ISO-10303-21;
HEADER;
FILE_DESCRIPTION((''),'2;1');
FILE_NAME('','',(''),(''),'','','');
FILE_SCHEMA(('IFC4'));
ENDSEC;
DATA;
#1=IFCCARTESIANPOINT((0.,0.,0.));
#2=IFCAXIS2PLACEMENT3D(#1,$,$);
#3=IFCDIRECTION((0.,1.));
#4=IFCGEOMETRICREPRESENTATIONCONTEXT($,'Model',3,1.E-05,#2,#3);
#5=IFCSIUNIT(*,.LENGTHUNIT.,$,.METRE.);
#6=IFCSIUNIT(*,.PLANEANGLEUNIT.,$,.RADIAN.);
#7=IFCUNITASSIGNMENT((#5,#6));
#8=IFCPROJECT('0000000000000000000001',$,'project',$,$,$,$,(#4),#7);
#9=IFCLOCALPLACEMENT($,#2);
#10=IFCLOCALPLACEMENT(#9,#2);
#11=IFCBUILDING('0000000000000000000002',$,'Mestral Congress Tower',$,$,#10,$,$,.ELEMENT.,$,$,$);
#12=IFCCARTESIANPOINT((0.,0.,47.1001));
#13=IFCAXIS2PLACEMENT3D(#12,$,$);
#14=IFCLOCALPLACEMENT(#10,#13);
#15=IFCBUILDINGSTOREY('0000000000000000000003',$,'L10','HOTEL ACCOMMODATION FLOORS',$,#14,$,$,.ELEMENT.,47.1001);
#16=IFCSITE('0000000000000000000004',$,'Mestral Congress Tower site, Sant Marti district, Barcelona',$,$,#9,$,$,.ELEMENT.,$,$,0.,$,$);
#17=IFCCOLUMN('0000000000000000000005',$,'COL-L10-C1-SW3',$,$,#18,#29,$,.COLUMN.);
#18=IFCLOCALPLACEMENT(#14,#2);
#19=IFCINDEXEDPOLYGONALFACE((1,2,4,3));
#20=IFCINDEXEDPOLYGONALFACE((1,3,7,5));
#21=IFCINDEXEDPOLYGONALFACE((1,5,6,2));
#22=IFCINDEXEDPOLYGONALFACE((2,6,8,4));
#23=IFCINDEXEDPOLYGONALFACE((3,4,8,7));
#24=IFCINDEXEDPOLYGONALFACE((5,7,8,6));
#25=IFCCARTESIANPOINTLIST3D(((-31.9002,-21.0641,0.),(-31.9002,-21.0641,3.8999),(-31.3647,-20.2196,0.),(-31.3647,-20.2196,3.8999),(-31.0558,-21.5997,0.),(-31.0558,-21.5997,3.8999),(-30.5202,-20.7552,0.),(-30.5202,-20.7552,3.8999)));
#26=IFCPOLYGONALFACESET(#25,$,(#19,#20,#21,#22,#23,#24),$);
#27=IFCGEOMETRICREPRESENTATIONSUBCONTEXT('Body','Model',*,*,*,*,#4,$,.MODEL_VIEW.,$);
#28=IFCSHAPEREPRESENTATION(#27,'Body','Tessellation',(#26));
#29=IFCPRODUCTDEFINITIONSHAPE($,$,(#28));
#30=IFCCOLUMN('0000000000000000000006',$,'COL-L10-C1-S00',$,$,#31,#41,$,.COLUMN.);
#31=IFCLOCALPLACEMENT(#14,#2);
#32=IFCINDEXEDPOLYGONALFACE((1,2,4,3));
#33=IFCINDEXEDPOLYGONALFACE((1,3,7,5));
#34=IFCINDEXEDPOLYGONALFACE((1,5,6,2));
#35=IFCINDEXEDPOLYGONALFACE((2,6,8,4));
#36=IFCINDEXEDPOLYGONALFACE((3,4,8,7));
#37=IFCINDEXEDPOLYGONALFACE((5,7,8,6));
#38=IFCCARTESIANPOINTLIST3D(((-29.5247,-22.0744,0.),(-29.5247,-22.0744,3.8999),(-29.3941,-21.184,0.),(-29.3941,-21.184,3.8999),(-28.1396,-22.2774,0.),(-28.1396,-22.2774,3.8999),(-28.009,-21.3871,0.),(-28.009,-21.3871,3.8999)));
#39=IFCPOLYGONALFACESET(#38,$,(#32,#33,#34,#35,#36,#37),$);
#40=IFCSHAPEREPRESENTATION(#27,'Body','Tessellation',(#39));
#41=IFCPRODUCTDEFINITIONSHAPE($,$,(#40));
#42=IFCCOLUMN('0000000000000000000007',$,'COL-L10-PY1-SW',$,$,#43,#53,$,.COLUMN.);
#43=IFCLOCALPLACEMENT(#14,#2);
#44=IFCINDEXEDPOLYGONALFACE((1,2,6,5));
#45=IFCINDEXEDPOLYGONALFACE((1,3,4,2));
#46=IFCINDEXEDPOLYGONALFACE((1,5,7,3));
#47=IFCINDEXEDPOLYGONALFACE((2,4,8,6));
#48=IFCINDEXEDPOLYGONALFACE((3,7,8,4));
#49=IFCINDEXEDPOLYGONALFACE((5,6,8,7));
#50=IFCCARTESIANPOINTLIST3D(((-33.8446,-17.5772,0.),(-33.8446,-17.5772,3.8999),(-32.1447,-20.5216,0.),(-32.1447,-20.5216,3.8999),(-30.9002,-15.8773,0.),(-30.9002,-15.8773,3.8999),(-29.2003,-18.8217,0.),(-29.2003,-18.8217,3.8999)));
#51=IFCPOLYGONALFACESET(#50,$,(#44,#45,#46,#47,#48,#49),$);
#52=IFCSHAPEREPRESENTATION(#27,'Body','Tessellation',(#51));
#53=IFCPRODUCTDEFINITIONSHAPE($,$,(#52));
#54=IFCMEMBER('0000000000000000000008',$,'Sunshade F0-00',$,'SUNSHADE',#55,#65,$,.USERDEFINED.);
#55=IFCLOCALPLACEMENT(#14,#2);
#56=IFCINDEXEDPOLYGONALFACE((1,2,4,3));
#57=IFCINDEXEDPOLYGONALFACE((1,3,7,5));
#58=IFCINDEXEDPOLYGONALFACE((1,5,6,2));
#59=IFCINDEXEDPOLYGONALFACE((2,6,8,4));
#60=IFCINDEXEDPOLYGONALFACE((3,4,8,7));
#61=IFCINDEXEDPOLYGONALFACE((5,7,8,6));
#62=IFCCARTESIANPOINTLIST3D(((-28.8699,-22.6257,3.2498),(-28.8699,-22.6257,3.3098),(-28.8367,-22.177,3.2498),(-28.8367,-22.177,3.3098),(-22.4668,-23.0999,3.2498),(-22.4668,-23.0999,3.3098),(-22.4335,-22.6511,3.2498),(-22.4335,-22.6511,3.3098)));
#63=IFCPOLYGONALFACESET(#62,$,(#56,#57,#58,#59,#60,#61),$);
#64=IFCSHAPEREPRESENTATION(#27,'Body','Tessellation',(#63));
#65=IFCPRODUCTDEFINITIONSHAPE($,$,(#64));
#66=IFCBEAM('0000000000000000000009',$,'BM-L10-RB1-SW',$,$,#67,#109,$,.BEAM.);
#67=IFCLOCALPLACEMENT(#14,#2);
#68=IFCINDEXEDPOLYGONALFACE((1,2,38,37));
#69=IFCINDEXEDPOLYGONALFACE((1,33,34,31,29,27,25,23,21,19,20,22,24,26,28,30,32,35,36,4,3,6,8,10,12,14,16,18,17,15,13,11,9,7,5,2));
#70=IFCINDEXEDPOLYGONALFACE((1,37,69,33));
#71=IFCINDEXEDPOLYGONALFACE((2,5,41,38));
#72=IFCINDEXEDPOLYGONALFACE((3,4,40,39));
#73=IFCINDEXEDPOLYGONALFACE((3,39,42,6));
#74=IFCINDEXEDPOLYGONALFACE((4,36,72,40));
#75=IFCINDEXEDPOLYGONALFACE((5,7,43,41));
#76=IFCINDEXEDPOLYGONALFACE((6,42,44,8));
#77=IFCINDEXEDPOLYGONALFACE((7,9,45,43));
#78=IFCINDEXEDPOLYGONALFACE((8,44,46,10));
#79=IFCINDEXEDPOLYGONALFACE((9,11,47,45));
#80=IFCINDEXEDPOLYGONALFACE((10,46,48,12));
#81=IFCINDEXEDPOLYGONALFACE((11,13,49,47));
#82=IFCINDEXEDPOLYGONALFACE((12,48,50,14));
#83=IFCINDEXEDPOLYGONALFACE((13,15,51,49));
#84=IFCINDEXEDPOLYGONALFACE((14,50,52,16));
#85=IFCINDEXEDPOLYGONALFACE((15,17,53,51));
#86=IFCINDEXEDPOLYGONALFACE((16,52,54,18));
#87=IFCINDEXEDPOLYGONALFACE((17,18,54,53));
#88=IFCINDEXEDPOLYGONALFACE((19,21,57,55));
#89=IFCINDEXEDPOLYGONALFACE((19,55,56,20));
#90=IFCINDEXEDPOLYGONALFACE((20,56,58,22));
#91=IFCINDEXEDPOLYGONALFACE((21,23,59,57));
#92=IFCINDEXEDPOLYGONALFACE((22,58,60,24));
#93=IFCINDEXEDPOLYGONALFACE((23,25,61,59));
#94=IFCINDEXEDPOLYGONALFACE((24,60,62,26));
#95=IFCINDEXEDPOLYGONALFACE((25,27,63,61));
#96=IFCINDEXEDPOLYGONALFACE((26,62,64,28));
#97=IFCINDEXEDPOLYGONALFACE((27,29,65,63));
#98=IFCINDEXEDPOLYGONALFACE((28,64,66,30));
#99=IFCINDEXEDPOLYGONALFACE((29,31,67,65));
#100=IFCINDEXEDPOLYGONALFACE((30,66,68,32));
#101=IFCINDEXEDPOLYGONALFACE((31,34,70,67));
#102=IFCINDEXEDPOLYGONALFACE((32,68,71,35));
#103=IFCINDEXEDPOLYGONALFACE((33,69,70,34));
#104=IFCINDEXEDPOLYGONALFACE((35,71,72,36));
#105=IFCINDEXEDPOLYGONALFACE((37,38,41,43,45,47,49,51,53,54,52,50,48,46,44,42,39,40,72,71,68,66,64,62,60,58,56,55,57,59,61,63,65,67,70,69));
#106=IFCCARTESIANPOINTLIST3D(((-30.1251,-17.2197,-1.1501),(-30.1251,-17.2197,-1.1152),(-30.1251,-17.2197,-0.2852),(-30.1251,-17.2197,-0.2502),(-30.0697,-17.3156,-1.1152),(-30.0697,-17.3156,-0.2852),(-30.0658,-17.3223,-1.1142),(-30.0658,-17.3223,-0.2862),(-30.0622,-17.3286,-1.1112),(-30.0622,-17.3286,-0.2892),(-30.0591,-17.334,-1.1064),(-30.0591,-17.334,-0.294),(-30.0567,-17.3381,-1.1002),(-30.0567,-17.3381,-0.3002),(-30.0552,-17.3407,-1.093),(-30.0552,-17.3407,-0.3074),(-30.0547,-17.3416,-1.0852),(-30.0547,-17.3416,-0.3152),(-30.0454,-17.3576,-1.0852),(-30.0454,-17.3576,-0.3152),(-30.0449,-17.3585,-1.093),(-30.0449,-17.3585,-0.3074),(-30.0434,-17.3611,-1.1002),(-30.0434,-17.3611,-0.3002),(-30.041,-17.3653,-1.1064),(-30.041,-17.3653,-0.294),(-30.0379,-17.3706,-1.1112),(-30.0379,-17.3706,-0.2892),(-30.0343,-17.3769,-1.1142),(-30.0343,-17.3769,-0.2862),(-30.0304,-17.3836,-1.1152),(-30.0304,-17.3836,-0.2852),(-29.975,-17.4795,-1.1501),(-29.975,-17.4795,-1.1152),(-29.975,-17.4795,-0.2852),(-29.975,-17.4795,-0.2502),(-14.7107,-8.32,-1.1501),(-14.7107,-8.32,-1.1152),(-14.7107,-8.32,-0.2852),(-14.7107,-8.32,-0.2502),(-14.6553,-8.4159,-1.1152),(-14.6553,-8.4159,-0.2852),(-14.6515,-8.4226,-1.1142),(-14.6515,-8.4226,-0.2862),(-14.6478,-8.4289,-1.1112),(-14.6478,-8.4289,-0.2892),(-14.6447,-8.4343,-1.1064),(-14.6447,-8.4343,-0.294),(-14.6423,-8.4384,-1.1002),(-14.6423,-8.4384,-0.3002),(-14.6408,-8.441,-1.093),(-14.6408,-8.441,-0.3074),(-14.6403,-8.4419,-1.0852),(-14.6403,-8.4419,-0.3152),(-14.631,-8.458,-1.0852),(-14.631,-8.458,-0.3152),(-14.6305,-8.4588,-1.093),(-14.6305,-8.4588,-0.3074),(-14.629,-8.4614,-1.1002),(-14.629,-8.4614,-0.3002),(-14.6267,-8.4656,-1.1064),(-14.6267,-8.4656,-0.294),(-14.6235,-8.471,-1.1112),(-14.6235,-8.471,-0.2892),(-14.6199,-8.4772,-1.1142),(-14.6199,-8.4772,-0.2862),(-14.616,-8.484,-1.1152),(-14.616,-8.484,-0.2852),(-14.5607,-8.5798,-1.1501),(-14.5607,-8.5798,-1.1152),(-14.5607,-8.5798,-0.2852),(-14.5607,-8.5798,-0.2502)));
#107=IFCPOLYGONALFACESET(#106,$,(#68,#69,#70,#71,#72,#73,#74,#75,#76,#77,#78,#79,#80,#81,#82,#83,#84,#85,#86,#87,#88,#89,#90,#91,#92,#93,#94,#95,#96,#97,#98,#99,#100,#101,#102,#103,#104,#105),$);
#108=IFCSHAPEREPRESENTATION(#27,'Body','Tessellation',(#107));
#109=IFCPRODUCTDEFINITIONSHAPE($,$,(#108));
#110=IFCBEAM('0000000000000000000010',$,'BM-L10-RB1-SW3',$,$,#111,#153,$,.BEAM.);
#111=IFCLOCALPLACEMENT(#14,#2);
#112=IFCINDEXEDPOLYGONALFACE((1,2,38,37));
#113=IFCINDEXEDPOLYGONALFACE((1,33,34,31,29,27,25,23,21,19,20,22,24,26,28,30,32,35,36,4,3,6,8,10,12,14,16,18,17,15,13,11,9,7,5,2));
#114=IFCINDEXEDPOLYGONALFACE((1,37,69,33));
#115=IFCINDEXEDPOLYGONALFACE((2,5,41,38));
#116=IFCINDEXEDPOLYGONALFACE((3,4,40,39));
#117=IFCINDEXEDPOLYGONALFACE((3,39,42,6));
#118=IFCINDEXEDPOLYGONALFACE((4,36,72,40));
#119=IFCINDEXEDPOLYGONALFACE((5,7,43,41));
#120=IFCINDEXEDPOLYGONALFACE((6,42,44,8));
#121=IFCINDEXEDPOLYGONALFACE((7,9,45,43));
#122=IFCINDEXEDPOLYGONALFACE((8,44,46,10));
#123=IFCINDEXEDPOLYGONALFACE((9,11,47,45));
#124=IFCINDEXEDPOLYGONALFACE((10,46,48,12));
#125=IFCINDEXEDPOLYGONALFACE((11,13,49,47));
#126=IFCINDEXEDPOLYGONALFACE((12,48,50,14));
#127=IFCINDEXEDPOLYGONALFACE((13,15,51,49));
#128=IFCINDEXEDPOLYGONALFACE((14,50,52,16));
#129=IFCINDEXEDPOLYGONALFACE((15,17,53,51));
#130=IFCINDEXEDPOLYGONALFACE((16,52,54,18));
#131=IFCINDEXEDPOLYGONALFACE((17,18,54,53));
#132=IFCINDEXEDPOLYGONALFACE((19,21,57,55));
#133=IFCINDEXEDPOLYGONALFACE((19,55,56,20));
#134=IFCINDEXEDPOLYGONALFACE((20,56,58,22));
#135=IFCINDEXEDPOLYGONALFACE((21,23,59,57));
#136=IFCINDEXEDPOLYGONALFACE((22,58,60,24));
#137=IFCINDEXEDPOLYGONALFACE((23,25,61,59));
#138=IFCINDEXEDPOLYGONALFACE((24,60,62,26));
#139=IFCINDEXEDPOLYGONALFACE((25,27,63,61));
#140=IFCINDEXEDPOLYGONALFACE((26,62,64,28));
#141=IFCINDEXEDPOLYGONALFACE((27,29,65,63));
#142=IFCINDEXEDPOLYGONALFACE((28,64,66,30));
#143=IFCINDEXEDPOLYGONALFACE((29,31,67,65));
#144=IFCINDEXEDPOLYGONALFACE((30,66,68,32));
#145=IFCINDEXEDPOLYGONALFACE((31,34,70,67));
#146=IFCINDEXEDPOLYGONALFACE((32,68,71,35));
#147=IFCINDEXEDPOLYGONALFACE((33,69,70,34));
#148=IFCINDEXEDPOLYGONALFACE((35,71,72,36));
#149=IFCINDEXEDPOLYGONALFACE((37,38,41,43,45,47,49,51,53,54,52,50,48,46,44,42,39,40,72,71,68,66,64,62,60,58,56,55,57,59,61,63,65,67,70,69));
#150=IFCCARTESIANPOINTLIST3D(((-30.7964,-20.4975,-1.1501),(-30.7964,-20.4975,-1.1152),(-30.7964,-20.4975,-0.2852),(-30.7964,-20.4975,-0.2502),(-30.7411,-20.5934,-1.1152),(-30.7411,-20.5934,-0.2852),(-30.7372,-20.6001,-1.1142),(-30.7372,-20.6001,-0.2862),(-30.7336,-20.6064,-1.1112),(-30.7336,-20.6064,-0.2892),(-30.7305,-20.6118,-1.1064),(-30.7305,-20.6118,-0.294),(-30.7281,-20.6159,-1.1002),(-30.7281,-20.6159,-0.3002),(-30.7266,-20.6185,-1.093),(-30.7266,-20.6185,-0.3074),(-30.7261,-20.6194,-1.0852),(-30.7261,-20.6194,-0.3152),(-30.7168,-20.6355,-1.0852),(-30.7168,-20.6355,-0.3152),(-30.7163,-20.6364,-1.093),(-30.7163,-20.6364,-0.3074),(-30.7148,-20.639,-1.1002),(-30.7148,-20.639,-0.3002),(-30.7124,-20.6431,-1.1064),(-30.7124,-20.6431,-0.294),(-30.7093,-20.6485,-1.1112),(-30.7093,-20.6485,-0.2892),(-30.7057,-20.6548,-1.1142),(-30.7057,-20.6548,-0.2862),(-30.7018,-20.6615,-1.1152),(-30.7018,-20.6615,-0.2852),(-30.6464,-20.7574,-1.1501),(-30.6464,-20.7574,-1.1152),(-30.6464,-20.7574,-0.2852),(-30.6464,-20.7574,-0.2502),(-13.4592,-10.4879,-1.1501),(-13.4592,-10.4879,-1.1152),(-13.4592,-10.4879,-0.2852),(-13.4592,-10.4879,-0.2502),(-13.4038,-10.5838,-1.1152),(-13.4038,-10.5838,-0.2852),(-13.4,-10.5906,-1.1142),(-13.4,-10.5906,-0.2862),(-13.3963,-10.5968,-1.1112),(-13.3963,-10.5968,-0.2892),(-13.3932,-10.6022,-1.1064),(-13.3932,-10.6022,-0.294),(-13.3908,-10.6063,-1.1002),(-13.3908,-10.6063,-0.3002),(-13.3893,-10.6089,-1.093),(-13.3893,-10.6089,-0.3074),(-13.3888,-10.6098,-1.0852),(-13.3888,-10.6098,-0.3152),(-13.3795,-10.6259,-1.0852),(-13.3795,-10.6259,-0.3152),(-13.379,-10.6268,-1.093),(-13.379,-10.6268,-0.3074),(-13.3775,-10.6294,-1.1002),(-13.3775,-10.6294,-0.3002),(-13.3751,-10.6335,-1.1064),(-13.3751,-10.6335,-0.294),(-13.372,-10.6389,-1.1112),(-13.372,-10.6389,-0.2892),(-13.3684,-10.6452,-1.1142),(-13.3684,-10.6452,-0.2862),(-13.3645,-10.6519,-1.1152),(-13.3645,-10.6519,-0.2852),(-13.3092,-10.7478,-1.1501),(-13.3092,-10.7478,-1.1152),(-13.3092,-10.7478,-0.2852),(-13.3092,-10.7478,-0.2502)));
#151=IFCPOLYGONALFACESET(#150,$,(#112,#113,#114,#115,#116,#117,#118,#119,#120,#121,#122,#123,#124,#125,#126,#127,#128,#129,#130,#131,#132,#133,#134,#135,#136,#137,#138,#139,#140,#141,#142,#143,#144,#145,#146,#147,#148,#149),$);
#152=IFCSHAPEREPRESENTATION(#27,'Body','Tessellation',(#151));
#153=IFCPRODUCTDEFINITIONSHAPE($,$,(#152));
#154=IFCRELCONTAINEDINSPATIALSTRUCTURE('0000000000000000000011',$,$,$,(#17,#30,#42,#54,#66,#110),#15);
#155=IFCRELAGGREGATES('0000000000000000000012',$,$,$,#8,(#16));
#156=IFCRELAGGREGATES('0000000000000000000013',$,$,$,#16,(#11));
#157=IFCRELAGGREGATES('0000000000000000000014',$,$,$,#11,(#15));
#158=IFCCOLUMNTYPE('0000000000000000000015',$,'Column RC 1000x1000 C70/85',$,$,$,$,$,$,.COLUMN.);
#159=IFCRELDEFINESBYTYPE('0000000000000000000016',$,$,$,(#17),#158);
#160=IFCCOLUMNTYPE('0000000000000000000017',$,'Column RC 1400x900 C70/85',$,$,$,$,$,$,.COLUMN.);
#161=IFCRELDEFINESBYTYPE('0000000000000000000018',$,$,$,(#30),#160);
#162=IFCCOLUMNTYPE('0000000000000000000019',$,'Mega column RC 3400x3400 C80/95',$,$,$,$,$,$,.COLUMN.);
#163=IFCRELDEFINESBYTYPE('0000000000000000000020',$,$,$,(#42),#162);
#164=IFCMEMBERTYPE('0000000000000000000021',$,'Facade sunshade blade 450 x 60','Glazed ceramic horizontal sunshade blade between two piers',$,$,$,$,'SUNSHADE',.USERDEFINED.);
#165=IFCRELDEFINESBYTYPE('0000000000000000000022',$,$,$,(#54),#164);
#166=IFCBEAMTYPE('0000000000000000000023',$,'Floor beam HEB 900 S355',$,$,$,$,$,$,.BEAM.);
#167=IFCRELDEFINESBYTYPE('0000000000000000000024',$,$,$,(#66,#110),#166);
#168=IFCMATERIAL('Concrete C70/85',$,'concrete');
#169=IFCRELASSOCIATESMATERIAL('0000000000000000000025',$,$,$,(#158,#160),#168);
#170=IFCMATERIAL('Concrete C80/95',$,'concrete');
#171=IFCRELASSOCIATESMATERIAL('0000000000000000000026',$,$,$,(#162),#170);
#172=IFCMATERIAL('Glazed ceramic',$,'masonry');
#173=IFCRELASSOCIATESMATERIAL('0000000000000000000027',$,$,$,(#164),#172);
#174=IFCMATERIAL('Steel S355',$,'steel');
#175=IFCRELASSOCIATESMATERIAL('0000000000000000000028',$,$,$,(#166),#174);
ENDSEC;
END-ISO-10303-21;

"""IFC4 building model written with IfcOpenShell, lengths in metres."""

from ifc_helpers import new_model, si_unit, direction, frame, origin, origin_2d, place, context, subcontext, project, spatial, rectangle, i_section, extrude, material, material_profile, profile_set, type_object, element, save


model = new_model("IFC4")

# Units and contexts
model_context = context("Model", 3, precision=1e-05, world=origin(), true_north=direction((0.0, 1.0)))
body_context = subcontext(model_context, "Body", "Model", "MODEL_VIEW")
ifc_project = project(units=[si_unit("LENGTHUNIT", "METRE"), si_unit("PLANEANGLEUNIT", "RADIAN")], contexts=[model_context])

# Site, building, storey
site_placement = place(None, origin())
site = spatial("IfcSite", under=ifc_project, at=site_placement, Name="Mestral Congress Tower site, Sant Marti district, Barcelona", CompositionType="ELEMENT", RefElevation=0.0)
building_placement = place(site_placement, origin())
building = spatial("IfcBuilding", under=site, at=building_placement, Name="Mestral Congress Tower", CompositionType="ELEMENT")
storey_placement = place(building_placement, frame((0.0, 0.0, 47.1001)))
storey = spatial("IfcBuildingStorey", under=building, at=storey_placement, Name="L10", Description="HOTEL ACCOMMODATION FLOORS", CompositionType="ELEMENT", Elevation=47.1001)

# Columns
ifc_material_1 = material(Name="Concrete C70/85", Category="concrete")
ifc_material_profile_1 = material_profile(ifc_material_1, rectangle(XDim=1.0, YDim=1.0, at=origin_2d()), Name="RC 1000x1000")
ifc_profile_set_1 = profile_set([ifc_material_profile_1], Name="Concrete C70/85")
column_type_1 = type_object("IfcColumnType", Name="Column RC 1000x1000 C70/85", PredefinedType="COLUMN", material=ifc_profile_set_1)
column_1_placement = place(storey_placement, frame((-31.2102, -20.9097, 0.0), z_axis=(0.0, 0.0, 1.0), x_axis=(0.844485, -0.535579, 0.0)))
element("IfcColumn", 1, at=column_1_placement, inside=storey, type_object=column_type_1, Name="COL-L10-C1-SW3", PredefinedType="COLUMN", context=body_context, shape_type="SweptSolid", body=[
    extrude(rectangle(XDim=1.0, YDim=1.0, at=origin_2d()), origin(), (0.0, 0.0, 1.0), 3.8999),
])
ifc_material_profile_2 = material_profile(ifc_material_1, rectangle(XDim=1.3999, YDim=0.8999, at=origin_2d()), Name="RC 1400x900")
ifc_profile_set_2 = profile_set([ifc_material_profile_2], Name="Concrete C70/85")
column_type_2 = type_object("IfcColumnType", Name="Column RC 1400x900 C70/85", PredefinedType="COLUMN", material=ifc_profile_set_2)
column_2_placement = place(storey_placement, frame((-28.7668, -21.7307, 0.0), z_axis=(0.0, 0.0, 1.0), x_axis=(0.989424, -0.145056, 0.0)))
element("IfcColumn", 2, at=column_2_placement, inside=storey, type_object=column_type_2, Name="COL-L10-C1-S00", PredefinedType="COLUMN", context=body_context, shape_type="SweptSolid", body=[
    extrude(rectangle(XDim=1.3999, YDim=0.8999, at=origin_2d()), origin(), (0.0, 0.0, 1.0), 3.8999),
])
ifc_material_2 = material(Name="Concrete C80/95", Category="concrete")
ifc_material_profile_3 = material_profile(ifc_material_2, rectangle(XDim=3.3999, YDim=3.3999, at=origin_2d()), Name="RC 3400x3400")
ifc_profile_set_3 = profile_set([ifc_material_profile_3], Name="Concrete C80/95")
column_type_3 = type_object("IfcColumnType", Name="Mega column RC 3400x3400 C80/95", PredefinedType="COLUMN", material=ifc_profile_set_3)
column_3_placement = place(storey_placement, frame((-31.5225, -18.1995, 0.0), z_axis=(0.0, 0.0, 1.0), x_axis=(-0.866025, -0.5, 0.0)))
element("IfcColumn", 3, at=column_3_placement, inside=storey, type_object=column_type_3, Name="COL-L10-PY1-SW", PredefinedType="COLUMN", context=body_context, shape_type="SweptSolid", body=[
    extrude(rectangle(XDim=3.3999, YDim=3.3999, at=origin_2d()), origin(), (0.0, 0.0, 1.0), 3.8999),
])

# Member
ifc_material_3 = material(Name="Glazed ceramic", Category="masonry")
ifc_material_profile_4 = material_profile(ifc_material_3, rectangle(XDim=0.45, YDim=0.0601, at=origin_2d()), Name="Ceramic blade 450 x 60")
ifc_profile_set_4 = profile_set([ifc_material_profile_4], Name="Glazed ceramic")
member_type = type_object("IfcMemberType", Name="Facade sunshade blade 450 x 60", Description="Glazed ceramic horizontal sunshade blade between two piers", ElementType="SUNSHADE", PredefinedType="USERDEFINED", material=ifc_profile_set_4)
member_placement = place(storey_placement, frame((-28.8533, -22.4014, 3.2798), z_axis=(0.99727, -0.073844, 0.0), x_axis=(0.073844, 0.99727, 0.0)))
element("IfcMember", 4, at=member_placement, inside=storey, type_object=member_type, Name="Sunshade F0-00", ObjectType="SUNSHADE", PredefinedType="USERDEFINED", context=body_context, shape_type="SweptSolid", body=[
    extrude(rectangle(XDim=0.45, YDim=0.0601, at=origin_2d()), origin(), (0.0, 0.0, 1.0), 6.4207),
])

# Beams
ifc_material_4 = material(Name="Steel S355", Category="steel")
ifc_material_profile_5 = material_profile(ifc_material_4, i_section(OverallWidth=0.3, OverallDepth=0.8999, WebThickness=0.0186, FlangeThickness=0.0349, FilletRadius=0.03, at=origin_2d()), Name="HEB 900")
ifc_profile_set_5 = profile_set([ifc_material_profile_5], Name="Steel S355")
beam_type_1 = type_object("IfcBeamType", Name="Floor beam HEB 900 S355", PredefinedType="BEAM", material=ifc_profile_set_5)
beam_1_placement = place(storey_placement, frame((-30.05, -17.3496, -0.7002), z_axis=(0.86602, 0.500009, 0.0), x_axis=(-0.500009, 0.86602, 0.0)))
element("IfcBeam", 5, at=beam_1_placement, inside=storey, type_object=beam_type_1, Name="BM-L10-RB1-SW", PredefinedType="BEAM", context=body_context, shape_type="SweptSolid", body=[
    extrude(i_section(OverallWidth=0.3, OverallDepth=0.8999, WebThickness=0.0186, FlangeThickness=0.0349, FilletRadius=0.03, at=origin_2d()), origin(), (0.0, 0.0, 1.0), 17.7991),
])
beam_2_placement = place(storey_placement, frame((-30.7214, -20.6274, -0.7002), z_axis=(0.866027, 0.499997, 0.0), x_axis=(-0.499997, 0.866027, 0.0)))
element("IfcBeam", 6, at=beam_2_placement, inside=storey, type_object=beam_type_1, Name="BM-L10-RB1-SW3", PredefinedType="BEAM", context=body_context, shape_type="SweptSolid", body=[
    extrude(i_section(OverallWidth=0.3, OverallDepth=0.8999, WebThickness=0.0186, FlangeThickness=0.0349, FilletRadius=0.03, at=origin_2d()), origin(), (0.0, 0.0, 1.0), 20.0193),
])

save(model, "model.ifc")
